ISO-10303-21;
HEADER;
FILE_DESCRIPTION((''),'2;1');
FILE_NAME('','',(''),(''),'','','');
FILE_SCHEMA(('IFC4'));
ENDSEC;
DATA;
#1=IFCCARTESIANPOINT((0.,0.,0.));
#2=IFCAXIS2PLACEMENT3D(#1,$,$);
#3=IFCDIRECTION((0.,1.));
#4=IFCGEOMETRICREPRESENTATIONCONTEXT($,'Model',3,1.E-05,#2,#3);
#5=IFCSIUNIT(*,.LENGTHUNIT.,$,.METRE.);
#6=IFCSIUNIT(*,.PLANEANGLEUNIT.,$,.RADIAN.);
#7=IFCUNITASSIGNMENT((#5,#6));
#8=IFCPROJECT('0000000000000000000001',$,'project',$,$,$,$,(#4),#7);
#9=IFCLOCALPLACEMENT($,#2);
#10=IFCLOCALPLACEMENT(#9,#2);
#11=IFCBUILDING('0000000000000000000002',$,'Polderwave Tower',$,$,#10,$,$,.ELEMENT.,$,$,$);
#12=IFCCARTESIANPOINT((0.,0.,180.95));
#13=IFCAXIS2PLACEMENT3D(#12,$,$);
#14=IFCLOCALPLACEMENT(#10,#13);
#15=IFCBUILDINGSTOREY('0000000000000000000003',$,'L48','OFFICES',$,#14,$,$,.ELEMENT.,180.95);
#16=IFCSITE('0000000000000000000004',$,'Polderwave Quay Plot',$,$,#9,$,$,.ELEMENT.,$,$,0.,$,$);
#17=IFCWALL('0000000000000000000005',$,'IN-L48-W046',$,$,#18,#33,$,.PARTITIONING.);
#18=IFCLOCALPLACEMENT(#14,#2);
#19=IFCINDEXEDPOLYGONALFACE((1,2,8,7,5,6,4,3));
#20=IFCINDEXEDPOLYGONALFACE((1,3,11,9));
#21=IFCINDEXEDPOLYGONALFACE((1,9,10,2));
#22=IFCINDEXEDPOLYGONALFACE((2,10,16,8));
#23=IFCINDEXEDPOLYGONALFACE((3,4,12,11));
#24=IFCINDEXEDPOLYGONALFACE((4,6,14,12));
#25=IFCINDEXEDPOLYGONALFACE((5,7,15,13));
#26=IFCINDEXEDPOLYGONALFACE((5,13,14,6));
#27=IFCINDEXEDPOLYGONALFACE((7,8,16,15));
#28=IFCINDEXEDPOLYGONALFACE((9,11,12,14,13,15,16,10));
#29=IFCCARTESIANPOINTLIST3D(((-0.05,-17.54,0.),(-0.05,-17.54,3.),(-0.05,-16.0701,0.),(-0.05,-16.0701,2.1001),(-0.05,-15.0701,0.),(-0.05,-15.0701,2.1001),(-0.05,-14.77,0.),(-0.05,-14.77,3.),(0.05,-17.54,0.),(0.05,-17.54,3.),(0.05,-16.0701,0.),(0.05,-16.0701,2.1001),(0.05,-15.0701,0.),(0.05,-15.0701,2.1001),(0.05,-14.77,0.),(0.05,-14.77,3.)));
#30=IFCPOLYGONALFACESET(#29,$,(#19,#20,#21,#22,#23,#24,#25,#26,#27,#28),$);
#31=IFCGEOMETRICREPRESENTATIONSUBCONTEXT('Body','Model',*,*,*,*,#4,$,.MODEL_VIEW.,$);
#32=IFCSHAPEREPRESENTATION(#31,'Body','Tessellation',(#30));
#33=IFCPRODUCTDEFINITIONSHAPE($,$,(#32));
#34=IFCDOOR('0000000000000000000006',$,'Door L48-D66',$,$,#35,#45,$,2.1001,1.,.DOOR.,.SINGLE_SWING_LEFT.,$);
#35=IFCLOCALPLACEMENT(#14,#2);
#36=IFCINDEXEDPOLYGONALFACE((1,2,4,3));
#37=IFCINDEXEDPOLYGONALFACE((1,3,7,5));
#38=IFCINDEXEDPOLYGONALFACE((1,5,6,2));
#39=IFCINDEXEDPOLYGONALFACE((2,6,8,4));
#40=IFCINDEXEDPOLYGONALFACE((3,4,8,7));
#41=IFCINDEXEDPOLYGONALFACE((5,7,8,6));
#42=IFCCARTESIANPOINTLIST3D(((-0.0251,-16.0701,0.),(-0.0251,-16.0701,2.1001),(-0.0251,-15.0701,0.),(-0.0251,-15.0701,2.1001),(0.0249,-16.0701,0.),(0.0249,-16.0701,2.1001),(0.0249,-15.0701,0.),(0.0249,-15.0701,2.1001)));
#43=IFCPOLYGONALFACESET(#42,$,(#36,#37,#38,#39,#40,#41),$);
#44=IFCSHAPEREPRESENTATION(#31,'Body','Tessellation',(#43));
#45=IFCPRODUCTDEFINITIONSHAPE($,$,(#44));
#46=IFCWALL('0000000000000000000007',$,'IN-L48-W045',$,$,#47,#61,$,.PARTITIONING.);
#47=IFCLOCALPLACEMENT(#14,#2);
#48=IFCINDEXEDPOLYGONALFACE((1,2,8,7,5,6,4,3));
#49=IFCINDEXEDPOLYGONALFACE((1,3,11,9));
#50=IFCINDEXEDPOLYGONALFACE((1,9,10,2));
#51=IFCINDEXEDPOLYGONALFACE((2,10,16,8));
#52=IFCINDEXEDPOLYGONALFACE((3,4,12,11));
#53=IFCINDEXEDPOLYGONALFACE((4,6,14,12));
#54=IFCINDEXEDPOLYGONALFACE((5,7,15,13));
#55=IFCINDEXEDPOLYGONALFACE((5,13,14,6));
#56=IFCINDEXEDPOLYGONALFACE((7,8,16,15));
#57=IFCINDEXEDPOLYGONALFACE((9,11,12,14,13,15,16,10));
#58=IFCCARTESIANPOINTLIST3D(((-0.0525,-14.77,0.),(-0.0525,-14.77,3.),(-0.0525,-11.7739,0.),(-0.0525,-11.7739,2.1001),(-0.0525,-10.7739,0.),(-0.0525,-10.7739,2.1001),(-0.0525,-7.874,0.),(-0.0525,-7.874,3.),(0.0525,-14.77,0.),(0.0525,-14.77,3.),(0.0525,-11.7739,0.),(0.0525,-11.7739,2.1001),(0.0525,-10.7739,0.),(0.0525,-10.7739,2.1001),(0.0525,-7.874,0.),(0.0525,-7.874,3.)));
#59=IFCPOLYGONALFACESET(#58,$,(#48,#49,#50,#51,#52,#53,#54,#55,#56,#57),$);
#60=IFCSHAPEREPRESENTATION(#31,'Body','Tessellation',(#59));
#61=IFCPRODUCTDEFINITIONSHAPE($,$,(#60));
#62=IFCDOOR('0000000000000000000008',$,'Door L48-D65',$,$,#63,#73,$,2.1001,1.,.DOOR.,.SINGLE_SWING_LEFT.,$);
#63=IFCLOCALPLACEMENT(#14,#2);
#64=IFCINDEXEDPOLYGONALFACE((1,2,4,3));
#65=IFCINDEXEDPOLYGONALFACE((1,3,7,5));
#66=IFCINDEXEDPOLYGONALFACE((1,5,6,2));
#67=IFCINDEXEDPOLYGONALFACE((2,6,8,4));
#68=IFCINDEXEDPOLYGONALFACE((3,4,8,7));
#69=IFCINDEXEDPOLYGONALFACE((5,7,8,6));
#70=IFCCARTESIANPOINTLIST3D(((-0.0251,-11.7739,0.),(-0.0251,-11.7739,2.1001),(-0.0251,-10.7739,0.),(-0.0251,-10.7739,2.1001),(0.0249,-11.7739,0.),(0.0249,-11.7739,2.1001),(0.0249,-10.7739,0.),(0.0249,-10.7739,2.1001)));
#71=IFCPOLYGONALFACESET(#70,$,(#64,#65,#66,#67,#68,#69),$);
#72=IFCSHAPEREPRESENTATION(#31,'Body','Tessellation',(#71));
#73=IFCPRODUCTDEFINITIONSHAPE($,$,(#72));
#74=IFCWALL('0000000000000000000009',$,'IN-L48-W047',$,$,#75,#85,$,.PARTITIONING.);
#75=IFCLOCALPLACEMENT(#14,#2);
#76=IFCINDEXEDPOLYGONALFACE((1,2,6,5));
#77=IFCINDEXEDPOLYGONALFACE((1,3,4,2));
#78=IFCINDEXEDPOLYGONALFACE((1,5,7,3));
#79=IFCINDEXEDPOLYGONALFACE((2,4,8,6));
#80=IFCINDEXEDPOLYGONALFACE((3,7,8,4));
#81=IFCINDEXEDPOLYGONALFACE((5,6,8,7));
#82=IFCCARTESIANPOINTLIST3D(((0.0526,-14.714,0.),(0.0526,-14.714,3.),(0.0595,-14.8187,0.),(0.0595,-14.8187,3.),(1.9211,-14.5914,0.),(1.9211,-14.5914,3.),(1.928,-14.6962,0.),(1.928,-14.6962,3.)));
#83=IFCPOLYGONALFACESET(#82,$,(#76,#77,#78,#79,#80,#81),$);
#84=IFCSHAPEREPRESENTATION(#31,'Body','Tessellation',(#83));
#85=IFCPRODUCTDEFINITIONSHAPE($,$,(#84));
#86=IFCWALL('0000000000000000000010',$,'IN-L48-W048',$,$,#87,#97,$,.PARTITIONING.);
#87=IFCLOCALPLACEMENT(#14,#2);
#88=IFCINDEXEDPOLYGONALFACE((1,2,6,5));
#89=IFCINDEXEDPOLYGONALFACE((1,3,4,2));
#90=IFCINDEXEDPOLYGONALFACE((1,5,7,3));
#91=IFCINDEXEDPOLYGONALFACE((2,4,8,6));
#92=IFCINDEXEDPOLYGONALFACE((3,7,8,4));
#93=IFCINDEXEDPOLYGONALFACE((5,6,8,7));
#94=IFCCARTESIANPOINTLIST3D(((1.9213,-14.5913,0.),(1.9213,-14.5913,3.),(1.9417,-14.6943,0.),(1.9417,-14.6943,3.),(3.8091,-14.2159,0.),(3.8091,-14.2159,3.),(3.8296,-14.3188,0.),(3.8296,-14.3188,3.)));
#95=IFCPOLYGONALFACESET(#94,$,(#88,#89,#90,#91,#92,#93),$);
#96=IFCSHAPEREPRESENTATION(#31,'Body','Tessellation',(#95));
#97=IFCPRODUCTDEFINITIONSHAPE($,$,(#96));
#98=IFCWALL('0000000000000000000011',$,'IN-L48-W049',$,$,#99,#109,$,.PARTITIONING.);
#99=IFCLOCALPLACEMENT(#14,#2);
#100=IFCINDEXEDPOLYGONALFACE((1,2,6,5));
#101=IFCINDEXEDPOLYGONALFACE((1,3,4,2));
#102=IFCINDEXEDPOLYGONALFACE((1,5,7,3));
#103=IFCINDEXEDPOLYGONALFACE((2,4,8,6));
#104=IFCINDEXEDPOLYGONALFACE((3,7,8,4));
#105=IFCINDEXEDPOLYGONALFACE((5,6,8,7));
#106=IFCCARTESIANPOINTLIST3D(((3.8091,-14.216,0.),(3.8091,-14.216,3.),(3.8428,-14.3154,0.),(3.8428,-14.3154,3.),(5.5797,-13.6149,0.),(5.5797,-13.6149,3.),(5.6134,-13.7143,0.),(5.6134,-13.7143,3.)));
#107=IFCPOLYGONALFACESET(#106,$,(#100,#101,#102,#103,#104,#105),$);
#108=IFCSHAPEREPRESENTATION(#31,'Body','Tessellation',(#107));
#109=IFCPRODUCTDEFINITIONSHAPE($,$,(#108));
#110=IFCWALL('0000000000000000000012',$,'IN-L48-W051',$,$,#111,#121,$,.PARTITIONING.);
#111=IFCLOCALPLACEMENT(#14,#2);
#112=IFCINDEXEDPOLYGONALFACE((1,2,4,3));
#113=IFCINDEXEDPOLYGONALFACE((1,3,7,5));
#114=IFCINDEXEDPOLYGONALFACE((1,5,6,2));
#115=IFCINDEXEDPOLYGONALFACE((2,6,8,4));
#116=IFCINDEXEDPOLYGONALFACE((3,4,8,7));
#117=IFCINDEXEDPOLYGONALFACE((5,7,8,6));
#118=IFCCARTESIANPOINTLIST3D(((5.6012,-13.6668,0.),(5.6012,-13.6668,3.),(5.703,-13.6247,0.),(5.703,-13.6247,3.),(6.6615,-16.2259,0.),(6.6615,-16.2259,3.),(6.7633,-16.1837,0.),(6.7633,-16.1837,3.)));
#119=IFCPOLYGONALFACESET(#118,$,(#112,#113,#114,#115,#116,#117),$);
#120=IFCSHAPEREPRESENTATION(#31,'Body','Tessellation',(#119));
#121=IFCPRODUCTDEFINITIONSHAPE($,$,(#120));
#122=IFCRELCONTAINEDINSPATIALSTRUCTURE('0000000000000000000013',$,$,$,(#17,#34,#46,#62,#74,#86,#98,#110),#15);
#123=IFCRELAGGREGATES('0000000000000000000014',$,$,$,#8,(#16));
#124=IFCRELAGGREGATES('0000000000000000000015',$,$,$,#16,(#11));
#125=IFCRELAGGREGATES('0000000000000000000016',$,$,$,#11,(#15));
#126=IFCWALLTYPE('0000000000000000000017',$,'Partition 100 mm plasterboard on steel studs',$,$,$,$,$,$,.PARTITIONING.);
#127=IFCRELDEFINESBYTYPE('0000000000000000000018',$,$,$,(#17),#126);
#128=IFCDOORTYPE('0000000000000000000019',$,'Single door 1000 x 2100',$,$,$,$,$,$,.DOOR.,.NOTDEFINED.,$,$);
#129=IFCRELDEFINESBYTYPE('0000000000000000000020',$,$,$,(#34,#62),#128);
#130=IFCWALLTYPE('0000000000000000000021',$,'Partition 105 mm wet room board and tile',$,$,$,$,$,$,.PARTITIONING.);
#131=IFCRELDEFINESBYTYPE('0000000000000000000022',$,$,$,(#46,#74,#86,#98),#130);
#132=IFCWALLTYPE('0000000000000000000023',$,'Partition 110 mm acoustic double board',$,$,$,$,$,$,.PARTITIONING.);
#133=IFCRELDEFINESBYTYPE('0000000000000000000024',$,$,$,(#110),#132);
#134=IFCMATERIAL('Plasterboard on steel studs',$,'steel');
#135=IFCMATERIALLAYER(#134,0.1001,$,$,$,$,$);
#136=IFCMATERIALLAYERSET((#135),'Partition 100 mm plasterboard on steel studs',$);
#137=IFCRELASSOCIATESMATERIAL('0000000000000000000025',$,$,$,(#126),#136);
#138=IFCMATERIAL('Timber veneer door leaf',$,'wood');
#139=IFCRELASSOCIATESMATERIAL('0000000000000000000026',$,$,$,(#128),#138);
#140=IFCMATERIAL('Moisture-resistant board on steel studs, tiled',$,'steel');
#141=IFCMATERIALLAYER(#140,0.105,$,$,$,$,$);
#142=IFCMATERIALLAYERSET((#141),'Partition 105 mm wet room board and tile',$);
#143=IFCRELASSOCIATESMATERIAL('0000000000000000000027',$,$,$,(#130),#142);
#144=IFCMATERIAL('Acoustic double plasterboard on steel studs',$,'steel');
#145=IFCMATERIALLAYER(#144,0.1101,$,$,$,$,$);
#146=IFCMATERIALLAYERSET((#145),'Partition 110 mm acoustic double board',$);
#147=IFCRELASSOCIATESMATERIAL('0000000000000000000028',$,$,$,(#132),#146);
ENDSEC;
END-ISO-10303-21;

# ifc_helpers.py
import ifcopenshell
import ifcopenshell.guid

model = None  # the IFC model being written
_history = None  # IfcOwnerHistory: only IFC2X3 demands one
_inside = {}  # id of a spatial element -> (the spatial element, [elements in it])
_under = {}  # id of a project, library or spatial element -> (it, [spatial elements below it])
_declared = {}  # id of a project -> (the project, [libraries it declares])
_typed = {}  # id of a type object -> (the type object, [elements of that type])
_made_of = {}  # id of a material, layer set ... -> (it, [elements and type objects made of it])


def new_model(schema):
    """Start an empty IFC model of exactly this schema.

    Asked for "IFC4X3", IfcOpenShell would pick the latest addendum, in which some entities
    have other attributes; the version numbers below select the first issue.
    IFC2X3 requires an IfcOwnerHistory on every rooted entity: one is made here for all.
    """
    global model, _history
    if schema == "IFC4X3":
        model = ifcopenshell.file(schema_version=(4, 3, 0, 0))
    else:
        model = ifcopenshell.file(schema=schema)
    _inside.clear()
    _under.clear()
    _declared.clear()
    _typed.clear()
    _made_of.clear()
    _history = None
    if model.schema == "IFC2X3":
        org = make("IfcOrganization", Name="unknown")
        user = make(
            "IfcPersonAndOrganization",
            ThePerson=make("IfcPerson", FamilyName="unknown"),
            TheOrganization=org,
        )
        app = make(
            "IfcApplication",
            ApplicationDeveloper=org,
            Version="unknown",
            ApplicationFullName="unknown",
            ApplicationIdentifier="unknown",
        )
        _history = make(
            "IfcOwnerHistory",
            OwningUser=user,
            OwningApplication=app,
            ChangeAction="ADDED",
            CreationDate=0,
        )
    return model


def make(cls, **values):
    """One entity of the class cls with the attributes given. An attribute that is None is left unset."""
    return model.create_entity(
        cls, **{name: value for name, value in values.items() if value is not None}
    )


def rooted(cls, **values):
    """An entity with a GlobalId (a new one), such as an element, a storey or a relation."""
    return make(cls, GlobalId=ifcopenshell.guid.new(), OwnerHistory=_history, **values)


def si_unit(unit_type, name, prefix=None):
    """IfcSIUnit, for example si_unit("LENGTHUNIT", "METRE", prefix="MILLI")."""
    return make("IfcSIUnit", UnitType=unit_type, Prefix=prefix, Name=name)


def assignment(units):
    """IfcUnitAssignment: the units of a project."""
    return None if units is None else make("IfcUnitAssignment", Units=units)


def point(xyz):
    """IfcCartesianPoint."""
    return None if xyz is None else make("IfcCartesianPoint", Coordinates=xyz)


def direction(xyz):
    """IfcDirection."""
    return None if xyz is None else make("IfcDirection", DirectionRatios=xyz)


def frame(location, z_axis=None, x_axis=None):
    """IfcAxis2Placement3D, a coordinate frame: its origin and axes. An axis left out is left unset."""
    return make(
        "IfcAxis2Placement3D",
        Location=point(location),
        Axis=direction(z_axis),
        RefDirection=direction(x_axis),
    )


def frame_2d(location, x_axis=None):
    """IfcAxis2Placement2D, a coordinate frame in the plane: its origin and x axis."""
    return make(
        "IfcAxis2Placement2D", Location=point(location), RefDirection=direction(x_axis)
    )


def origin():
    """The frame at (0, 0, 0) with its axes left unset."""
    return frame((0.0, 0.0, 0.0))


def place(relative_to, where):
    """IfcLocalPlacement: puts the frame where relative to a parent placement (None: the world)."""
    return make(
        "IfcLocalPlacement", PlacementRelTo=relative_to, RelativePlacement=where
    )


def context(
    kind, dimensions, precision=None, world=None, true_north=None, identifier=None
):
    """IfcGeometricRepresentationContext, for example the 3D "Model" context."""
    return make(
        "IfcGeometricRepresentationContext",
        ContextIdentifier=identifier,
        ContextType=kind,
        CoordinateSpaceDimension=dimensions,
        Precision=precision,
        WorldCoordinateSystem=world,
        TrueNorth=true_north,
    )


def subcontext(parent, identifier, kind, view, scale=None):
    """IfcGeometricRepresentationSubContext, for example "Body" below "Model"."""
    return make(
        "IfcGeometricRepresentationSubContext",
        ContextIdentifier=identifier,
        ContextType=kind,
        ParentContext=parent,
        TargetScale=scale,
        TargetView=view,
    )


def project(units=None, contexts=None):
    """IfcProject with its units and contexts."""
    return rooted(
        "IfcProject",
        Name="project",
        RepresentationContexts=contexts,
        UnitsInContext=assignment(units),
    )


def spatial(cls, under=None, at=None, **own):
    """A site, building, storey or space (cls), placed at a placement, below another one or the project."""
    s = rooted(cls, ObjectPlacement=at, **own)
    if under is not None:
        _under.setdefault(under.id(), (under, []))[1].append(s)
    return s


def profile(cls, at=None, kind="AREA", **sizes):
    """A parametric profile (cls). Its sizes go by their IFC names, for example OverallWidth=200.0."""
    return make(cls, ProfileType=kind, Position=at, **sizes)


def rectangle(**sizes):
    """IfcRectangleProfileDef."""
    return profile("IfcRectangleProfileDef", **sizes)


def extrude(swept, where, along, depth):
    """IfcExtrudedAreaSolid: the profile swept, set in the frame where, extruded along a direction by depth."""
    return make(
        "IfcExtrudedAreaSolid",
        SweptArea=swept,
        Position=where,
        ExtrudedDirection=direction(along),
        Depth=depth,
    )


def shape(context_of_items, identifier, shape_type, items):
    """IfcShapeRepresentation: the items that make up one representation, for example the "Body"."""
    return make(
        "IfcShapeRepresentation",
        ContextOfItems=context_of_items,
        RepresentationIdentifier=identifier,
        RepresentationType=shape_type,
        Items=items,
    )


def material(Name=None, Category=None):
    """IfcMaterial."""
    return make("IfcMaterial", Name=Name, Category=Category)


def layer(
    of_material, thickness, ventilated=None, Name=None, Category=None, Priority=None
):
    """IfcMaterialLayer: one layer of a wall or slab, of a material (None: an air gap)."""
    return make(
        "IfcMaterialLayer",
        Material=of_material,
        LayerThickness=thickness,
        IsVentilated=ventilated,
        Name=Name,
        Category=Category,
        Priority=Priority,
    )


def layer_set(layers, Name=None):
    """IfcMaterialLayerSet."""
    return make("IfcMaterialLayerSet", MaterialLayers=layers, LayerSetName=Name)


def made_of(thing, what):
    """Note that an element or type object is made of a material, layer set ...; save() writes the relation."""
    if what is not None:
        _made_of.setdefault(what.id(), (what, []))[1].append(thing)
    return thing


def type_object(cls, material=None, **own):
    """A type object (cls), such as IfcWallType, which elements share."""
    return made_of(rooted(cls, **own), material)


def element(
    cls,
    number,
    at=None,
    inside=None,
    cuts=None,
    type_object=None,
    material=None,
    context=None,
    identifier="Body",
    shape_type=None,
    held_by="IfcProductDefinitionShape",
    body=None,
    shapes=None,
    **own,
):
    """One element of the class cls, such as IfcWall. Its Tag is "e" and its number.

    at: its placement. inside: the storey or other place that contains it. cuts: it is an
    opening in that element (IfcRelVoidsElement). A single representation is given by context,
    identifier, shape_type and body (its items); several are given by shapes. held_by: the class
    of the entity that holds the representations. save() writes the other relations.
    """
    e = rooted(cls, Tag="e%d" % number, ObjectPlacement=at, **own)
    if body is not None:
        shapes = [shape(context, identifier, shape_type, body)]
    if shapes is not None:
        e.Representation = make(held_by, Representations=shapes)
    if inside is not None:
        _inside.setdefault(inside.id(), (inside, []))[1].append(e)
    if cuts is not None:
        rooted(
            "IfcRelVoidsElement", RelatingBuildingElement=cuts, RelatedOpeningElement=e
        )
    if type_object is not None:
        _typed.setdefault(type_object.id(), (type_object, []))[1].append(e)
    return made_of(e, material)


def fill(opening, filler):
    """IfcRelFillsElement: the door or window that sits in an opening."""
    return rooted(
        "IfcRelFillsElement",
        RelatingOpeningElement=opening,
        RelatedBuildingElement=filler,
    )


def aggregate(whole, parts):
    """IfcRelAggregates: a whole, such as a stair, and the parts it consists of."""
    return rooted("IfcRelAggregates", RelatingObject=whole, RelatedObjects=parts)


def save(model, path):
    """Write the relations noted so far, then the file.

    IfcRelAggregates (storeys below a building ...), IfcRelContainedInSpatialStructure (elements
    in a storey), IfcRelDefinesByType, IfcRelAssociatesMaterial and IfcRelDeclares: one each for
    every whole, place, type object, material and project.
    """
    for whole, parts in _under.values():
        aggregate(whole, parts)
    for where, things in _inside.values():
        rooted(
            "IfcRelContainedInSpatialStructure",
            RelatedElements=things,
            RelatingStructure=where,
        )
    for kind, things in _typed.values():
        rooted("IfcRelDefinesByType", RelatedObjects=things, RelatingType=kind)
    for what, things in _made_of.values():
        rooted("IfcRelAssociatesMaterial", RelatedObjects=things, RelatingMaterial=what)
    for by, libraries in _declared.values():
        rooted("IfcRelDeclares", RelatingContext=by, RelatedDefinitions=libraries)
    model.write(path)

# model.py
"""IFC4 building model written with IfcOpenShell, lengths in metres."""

from ifc_helpers import new_model, si_unit, direction, frame, frame_2d, origin, place, context, subcontext, project, spatial, rectangle, extrude, material, layer, layer_set, type_object, element, fill, save


model = new_model("IFC4")

# Units and contexts
model_context = context("Model", 3, precision=1e-05, world=origin(), true_north=direction((0.0, 1.0)))
body_context = subcontext(model_context, "Body", "Model", "MODEL_VIEW")
ifc_project = project(units=[si_unit("LENGTHUNIT", "METRE"), si_unit("PLANEANGLEUNIT", "RADIAN")], contexts=[model_context])

# Site, building, storey
site_placement = place(None, origin())
site = spatial("IfcSite", under=ifc_project, at=site_placement, Name="Polderwave Quay Plot", CompositionType="ELEMENT", RefElevation=0.0)
building_placement = place(site_placement, origin())
building = spatial("IfcBuilding", under=site, at=building_placement, Name="Polderwave Tower", CompositionType="ELEMENT")
storey_placement = place(building_placement, frame((0.0, 0.0, 180.95)))
storey = spatial("IfcBuildingStorey", under=building, at=storey_placement, Name="L48", Description="OFFICES", CompositionType="ELEMENT", Elevation=180.95)

# Walls, openings, doors
ifc_material_1 = material(Name="Plasterboard on steel studs", Category="steel")
ifc_layer_1 = layer(ifc_material_1, 0.1001)
ifc_layer_set_1 = layer_set([ifc_layer_1], Name="Partition 100 mm plasterboard on steel studs")
wall_type_1 = type_object("IfcWallType", Name="Partition 100 mm plasterboard on steel studs", PredefinedType="PARTITIONING", material=ifc_layer_set_1)
wall_1_placement = place(storey_placement, frame((0.0, -14.77, 0.0), z_axis=(0.0, 0.0, 1.0), x_axis=(0.0, -1.0, 0.0)))
wall_1 = element("IfcWall", 1, at=wall_1_placement, inside=storey, type_object=wall_type_1, Name="IN-L48-W046", PredefinedType="PARTITIONING", context=body_context, shape_type="SweptSolid", body=[
    extrude(rectangle(XDim=2.77, YDim=0.1001, at=frame_2d((1.385, 0.0))), origin(), (0.0, 0.0, 1.0), 3.0),
])
opening_1_placement = place(wall_1_placement, frame((0.3, 0.0, 0.0)))
opening_1 = element("IfcOpeningElement", 2, at=opening_1_placement, cuts=wall_1, PredefinedType="OPENING", context=body_context, shape_type="SweptSolid", body=[
    extrude(rectangle(XDim=1.0, YDim=2.1001, at=frame_2d((0.5, 1.05))), frame((0.0, 0.0601, 0.0), z_axis=(0.0, -1.0, 0.0), x_axis=(1.0, 0.0, 0.0)), (0.0, 0.0, 1.0), 0.1201),
])
ifc_material_2 = material(Name="Timber veneer door leaf", Category="wood")
door_type = type_object("IfcDoorType", Name="Single door 1000 x 2100", OperationType="NOTDEFINED", PredefinedType="DOOR", material=ifc_material_2)
door_1_placement = place(opening_1_placement, origin())
door_1 = element("IfcDoor", 3, at=door_1_placement, inside=storey, type_object=door_type, Name="Door L48-D66", OperationType="SINGLE_SWING_LEFT", OverallHeight=2.1001, OverallWidth=1.0, PredefinedType="DOOR", context=body_context, shape_type="SweptSolid", body=[
    extrude(rectangle(XDim=1.0, YDim=2.1001, at=frame_2d((0.5, 1.05))), frame((0.0, 0.0249, 0.0), z_axis=(0.0, -1.0, 0.0), x_axis=(1.0, 0.0, 0.0)), (0.0, 0.0, 1.0), 0.05),
])
fill(opening_1, door_1)
ifc_material_3 = material(Name="Moisture-resistant board on steel studs, tiled", Category="steel")
ifc_layer_2 = layer(ifc_material_3, 0.105)
ifc_layer_set_2 = layer_set([ifc_layer_2], Name="Partition 105 mm wet room board and tile")
wall_type_2 = type_object("IfcWallType", Name="Partition 105 mm wet room board and tile", PredefinedType="PARTITIONING", material=ifc_layer_set_2)
wall_2_placement = place(storey_placement, frame((0.0, -7.874, 0.0), z_axis=(0.0, 0.0, 1.0), x_axis=(0.0, -1.0, 0.0)))
wall_2 = element("IfcWall", 4, at=wall_2_placement, inside=storey, type_object=wall_type_2, Name="IN-L48-W045", PredefinedType="PARTITIONING", context=body_context, shape_type="SweptSolid", body=[
    extrude(rectangle(XDim=6.896, YDim=0.105, at=frame_2d((3.448, 0.0))), origin(), (0.0, 0.0, 1.0), 3.0),
])
opening_2_placement = place(wall_2_placement, frame((2.8999, 0.0, 0.0)))
opening_2 = element("IfcOpeningElement", 5, at=opening_2_placement, cuts=wall_2, PredefinedType="OPENING", context=body_context, shape_type="SweptSolid", body=[
    extrude(rectangle(XDim=1.0, YDim=2.1001, at=frame_2d((0.5, 1.05))), frame((0.0, 0.0625, 0.0), z_axis=(0.0, -1.0, 0.0), x_axis=(1.0, 0.0, 0.0)), (0.0, 0.0, 1.0), 0.125),
])
door_2_placement = place(opening_2_placement, origin())
door_2 = element("IfcDoor", 6, at=door_2_placement, inside=storey, type_object=door_type, Name="Door L48-D65", OperationType="SINGLE_SWING_LEFT", OverallHeight=2.1001, OverallWidth=1.0, PredefinedType="DOOR", context=body_context, shape_type="SweptSolid", body=[
    extrude(rectangle(XDim=1.0, YDim=2.1001, at=frame_2d((0.5, 1.05))), frame((0.0, 0.0249, 0.0), z_axis=(0.0, -1.0, 0.0), x_axis=(1.0, 0.0, 0.0)), (0.0, 0.0, 1.0), 0.05),
])
fill(opening_2, door_2)

# Walls
wall_3_placement = place(storey_placement, frame((1.9246, -14.6438, 0.0), z_axis=(0.0, 0.0, 1.0), x_axis=(-0.997856, -0.065446, 0.0)))
element("IfcWall", 7, at=wall_3_placement, inside=storey, type_object=wall_type_2, Name="IN-L48-W047", PredefinedType="PARTITIONING", context=body_context, shape_type="SweptSolid", body=[
    extrude(rectangle(XDim=1.8726, YDim=0.105, at=frame_2d((0.9363, 0.0))), origin(), (0.0, 0.0, 1.0), 3.0),
])
wall_4_placement = place(storey_placement, frame((3.8193, -14.2673, 0.0), z_axis=(0.0, 0.0, 1.0), x_axis=(-0.98079, -0.195067, 0.0)))
element("IfcWall", 8, at=wall_4_placement, inside=storey, type_object=wall_type_2, Name="IN-L48-W048", PredefinedType="PARTITIONING", context=body_context, shape_type="SweptSolid", body=[
    extrude(rectangle(XDim=1.9248, YDim=0.105, at=frame_2d((0.9624, 0.0))), origin(), (0.0, 0.0, 1.0), 3.0),
])
wall_5_placement = place(storey_placement, frame((5.5967, -13.6646, 0.0), z_axis=(0.0, 0.0, 1.0), x_axis=(-0.946919, -0.321472, 0.0)))
element("IfcWall", 9, at=wall_5_placement, inside=storey, type_object=wall_type_2, Name="IN-L48-W049", PredefinedType="PARTITIONING", context=body_context, shape_type="SweptSolid", body=[
    extrude(rectangle(XDim=1.8699, YDim=0.105, at=frame_2d((0.9351, 0.0))), origin(), (0.0, 0.0, 1.0), 3.0),
])
ifc_material_4 = material(Name="Acoustic double plasterboard on steel studs", Category="steel")
ifc_layer_3 = layer(ifc_material_4, 0.1101)
ifc_layer_set_3 = layer_set([ifc_layer_3], Name="Partition 110 mm acoustic double board")
wall_type_3 = type_object("IfcWallType", Name="Partition 110 mm acoustic double board", PredefinedType="PARTITIONING", material=ifc_layer_set_3)
wall_6_placement = place(storey_placement, frame((5.6521, -13.6458, 0.0), z_axis=(0.0, 0.0, 1.0), x_axis=(0.382775, -0.923842, 0.0)))
element("IfcWall", 10, at=wall_6_placement, inside=storey, type_object=wall_type_3, Name="IN-L48-W051", PredefinedType="PARTITIONING", context=body_context, shape_type="SweptSolid", body=[
    extrude(rectangle(XDim=2.77, YDim=0.1101, at=frame_2d((1.385, 0.0))), origin(), (0.0, 0.0, 1.0), 3.0),
])

save(model, "model.ifc")
